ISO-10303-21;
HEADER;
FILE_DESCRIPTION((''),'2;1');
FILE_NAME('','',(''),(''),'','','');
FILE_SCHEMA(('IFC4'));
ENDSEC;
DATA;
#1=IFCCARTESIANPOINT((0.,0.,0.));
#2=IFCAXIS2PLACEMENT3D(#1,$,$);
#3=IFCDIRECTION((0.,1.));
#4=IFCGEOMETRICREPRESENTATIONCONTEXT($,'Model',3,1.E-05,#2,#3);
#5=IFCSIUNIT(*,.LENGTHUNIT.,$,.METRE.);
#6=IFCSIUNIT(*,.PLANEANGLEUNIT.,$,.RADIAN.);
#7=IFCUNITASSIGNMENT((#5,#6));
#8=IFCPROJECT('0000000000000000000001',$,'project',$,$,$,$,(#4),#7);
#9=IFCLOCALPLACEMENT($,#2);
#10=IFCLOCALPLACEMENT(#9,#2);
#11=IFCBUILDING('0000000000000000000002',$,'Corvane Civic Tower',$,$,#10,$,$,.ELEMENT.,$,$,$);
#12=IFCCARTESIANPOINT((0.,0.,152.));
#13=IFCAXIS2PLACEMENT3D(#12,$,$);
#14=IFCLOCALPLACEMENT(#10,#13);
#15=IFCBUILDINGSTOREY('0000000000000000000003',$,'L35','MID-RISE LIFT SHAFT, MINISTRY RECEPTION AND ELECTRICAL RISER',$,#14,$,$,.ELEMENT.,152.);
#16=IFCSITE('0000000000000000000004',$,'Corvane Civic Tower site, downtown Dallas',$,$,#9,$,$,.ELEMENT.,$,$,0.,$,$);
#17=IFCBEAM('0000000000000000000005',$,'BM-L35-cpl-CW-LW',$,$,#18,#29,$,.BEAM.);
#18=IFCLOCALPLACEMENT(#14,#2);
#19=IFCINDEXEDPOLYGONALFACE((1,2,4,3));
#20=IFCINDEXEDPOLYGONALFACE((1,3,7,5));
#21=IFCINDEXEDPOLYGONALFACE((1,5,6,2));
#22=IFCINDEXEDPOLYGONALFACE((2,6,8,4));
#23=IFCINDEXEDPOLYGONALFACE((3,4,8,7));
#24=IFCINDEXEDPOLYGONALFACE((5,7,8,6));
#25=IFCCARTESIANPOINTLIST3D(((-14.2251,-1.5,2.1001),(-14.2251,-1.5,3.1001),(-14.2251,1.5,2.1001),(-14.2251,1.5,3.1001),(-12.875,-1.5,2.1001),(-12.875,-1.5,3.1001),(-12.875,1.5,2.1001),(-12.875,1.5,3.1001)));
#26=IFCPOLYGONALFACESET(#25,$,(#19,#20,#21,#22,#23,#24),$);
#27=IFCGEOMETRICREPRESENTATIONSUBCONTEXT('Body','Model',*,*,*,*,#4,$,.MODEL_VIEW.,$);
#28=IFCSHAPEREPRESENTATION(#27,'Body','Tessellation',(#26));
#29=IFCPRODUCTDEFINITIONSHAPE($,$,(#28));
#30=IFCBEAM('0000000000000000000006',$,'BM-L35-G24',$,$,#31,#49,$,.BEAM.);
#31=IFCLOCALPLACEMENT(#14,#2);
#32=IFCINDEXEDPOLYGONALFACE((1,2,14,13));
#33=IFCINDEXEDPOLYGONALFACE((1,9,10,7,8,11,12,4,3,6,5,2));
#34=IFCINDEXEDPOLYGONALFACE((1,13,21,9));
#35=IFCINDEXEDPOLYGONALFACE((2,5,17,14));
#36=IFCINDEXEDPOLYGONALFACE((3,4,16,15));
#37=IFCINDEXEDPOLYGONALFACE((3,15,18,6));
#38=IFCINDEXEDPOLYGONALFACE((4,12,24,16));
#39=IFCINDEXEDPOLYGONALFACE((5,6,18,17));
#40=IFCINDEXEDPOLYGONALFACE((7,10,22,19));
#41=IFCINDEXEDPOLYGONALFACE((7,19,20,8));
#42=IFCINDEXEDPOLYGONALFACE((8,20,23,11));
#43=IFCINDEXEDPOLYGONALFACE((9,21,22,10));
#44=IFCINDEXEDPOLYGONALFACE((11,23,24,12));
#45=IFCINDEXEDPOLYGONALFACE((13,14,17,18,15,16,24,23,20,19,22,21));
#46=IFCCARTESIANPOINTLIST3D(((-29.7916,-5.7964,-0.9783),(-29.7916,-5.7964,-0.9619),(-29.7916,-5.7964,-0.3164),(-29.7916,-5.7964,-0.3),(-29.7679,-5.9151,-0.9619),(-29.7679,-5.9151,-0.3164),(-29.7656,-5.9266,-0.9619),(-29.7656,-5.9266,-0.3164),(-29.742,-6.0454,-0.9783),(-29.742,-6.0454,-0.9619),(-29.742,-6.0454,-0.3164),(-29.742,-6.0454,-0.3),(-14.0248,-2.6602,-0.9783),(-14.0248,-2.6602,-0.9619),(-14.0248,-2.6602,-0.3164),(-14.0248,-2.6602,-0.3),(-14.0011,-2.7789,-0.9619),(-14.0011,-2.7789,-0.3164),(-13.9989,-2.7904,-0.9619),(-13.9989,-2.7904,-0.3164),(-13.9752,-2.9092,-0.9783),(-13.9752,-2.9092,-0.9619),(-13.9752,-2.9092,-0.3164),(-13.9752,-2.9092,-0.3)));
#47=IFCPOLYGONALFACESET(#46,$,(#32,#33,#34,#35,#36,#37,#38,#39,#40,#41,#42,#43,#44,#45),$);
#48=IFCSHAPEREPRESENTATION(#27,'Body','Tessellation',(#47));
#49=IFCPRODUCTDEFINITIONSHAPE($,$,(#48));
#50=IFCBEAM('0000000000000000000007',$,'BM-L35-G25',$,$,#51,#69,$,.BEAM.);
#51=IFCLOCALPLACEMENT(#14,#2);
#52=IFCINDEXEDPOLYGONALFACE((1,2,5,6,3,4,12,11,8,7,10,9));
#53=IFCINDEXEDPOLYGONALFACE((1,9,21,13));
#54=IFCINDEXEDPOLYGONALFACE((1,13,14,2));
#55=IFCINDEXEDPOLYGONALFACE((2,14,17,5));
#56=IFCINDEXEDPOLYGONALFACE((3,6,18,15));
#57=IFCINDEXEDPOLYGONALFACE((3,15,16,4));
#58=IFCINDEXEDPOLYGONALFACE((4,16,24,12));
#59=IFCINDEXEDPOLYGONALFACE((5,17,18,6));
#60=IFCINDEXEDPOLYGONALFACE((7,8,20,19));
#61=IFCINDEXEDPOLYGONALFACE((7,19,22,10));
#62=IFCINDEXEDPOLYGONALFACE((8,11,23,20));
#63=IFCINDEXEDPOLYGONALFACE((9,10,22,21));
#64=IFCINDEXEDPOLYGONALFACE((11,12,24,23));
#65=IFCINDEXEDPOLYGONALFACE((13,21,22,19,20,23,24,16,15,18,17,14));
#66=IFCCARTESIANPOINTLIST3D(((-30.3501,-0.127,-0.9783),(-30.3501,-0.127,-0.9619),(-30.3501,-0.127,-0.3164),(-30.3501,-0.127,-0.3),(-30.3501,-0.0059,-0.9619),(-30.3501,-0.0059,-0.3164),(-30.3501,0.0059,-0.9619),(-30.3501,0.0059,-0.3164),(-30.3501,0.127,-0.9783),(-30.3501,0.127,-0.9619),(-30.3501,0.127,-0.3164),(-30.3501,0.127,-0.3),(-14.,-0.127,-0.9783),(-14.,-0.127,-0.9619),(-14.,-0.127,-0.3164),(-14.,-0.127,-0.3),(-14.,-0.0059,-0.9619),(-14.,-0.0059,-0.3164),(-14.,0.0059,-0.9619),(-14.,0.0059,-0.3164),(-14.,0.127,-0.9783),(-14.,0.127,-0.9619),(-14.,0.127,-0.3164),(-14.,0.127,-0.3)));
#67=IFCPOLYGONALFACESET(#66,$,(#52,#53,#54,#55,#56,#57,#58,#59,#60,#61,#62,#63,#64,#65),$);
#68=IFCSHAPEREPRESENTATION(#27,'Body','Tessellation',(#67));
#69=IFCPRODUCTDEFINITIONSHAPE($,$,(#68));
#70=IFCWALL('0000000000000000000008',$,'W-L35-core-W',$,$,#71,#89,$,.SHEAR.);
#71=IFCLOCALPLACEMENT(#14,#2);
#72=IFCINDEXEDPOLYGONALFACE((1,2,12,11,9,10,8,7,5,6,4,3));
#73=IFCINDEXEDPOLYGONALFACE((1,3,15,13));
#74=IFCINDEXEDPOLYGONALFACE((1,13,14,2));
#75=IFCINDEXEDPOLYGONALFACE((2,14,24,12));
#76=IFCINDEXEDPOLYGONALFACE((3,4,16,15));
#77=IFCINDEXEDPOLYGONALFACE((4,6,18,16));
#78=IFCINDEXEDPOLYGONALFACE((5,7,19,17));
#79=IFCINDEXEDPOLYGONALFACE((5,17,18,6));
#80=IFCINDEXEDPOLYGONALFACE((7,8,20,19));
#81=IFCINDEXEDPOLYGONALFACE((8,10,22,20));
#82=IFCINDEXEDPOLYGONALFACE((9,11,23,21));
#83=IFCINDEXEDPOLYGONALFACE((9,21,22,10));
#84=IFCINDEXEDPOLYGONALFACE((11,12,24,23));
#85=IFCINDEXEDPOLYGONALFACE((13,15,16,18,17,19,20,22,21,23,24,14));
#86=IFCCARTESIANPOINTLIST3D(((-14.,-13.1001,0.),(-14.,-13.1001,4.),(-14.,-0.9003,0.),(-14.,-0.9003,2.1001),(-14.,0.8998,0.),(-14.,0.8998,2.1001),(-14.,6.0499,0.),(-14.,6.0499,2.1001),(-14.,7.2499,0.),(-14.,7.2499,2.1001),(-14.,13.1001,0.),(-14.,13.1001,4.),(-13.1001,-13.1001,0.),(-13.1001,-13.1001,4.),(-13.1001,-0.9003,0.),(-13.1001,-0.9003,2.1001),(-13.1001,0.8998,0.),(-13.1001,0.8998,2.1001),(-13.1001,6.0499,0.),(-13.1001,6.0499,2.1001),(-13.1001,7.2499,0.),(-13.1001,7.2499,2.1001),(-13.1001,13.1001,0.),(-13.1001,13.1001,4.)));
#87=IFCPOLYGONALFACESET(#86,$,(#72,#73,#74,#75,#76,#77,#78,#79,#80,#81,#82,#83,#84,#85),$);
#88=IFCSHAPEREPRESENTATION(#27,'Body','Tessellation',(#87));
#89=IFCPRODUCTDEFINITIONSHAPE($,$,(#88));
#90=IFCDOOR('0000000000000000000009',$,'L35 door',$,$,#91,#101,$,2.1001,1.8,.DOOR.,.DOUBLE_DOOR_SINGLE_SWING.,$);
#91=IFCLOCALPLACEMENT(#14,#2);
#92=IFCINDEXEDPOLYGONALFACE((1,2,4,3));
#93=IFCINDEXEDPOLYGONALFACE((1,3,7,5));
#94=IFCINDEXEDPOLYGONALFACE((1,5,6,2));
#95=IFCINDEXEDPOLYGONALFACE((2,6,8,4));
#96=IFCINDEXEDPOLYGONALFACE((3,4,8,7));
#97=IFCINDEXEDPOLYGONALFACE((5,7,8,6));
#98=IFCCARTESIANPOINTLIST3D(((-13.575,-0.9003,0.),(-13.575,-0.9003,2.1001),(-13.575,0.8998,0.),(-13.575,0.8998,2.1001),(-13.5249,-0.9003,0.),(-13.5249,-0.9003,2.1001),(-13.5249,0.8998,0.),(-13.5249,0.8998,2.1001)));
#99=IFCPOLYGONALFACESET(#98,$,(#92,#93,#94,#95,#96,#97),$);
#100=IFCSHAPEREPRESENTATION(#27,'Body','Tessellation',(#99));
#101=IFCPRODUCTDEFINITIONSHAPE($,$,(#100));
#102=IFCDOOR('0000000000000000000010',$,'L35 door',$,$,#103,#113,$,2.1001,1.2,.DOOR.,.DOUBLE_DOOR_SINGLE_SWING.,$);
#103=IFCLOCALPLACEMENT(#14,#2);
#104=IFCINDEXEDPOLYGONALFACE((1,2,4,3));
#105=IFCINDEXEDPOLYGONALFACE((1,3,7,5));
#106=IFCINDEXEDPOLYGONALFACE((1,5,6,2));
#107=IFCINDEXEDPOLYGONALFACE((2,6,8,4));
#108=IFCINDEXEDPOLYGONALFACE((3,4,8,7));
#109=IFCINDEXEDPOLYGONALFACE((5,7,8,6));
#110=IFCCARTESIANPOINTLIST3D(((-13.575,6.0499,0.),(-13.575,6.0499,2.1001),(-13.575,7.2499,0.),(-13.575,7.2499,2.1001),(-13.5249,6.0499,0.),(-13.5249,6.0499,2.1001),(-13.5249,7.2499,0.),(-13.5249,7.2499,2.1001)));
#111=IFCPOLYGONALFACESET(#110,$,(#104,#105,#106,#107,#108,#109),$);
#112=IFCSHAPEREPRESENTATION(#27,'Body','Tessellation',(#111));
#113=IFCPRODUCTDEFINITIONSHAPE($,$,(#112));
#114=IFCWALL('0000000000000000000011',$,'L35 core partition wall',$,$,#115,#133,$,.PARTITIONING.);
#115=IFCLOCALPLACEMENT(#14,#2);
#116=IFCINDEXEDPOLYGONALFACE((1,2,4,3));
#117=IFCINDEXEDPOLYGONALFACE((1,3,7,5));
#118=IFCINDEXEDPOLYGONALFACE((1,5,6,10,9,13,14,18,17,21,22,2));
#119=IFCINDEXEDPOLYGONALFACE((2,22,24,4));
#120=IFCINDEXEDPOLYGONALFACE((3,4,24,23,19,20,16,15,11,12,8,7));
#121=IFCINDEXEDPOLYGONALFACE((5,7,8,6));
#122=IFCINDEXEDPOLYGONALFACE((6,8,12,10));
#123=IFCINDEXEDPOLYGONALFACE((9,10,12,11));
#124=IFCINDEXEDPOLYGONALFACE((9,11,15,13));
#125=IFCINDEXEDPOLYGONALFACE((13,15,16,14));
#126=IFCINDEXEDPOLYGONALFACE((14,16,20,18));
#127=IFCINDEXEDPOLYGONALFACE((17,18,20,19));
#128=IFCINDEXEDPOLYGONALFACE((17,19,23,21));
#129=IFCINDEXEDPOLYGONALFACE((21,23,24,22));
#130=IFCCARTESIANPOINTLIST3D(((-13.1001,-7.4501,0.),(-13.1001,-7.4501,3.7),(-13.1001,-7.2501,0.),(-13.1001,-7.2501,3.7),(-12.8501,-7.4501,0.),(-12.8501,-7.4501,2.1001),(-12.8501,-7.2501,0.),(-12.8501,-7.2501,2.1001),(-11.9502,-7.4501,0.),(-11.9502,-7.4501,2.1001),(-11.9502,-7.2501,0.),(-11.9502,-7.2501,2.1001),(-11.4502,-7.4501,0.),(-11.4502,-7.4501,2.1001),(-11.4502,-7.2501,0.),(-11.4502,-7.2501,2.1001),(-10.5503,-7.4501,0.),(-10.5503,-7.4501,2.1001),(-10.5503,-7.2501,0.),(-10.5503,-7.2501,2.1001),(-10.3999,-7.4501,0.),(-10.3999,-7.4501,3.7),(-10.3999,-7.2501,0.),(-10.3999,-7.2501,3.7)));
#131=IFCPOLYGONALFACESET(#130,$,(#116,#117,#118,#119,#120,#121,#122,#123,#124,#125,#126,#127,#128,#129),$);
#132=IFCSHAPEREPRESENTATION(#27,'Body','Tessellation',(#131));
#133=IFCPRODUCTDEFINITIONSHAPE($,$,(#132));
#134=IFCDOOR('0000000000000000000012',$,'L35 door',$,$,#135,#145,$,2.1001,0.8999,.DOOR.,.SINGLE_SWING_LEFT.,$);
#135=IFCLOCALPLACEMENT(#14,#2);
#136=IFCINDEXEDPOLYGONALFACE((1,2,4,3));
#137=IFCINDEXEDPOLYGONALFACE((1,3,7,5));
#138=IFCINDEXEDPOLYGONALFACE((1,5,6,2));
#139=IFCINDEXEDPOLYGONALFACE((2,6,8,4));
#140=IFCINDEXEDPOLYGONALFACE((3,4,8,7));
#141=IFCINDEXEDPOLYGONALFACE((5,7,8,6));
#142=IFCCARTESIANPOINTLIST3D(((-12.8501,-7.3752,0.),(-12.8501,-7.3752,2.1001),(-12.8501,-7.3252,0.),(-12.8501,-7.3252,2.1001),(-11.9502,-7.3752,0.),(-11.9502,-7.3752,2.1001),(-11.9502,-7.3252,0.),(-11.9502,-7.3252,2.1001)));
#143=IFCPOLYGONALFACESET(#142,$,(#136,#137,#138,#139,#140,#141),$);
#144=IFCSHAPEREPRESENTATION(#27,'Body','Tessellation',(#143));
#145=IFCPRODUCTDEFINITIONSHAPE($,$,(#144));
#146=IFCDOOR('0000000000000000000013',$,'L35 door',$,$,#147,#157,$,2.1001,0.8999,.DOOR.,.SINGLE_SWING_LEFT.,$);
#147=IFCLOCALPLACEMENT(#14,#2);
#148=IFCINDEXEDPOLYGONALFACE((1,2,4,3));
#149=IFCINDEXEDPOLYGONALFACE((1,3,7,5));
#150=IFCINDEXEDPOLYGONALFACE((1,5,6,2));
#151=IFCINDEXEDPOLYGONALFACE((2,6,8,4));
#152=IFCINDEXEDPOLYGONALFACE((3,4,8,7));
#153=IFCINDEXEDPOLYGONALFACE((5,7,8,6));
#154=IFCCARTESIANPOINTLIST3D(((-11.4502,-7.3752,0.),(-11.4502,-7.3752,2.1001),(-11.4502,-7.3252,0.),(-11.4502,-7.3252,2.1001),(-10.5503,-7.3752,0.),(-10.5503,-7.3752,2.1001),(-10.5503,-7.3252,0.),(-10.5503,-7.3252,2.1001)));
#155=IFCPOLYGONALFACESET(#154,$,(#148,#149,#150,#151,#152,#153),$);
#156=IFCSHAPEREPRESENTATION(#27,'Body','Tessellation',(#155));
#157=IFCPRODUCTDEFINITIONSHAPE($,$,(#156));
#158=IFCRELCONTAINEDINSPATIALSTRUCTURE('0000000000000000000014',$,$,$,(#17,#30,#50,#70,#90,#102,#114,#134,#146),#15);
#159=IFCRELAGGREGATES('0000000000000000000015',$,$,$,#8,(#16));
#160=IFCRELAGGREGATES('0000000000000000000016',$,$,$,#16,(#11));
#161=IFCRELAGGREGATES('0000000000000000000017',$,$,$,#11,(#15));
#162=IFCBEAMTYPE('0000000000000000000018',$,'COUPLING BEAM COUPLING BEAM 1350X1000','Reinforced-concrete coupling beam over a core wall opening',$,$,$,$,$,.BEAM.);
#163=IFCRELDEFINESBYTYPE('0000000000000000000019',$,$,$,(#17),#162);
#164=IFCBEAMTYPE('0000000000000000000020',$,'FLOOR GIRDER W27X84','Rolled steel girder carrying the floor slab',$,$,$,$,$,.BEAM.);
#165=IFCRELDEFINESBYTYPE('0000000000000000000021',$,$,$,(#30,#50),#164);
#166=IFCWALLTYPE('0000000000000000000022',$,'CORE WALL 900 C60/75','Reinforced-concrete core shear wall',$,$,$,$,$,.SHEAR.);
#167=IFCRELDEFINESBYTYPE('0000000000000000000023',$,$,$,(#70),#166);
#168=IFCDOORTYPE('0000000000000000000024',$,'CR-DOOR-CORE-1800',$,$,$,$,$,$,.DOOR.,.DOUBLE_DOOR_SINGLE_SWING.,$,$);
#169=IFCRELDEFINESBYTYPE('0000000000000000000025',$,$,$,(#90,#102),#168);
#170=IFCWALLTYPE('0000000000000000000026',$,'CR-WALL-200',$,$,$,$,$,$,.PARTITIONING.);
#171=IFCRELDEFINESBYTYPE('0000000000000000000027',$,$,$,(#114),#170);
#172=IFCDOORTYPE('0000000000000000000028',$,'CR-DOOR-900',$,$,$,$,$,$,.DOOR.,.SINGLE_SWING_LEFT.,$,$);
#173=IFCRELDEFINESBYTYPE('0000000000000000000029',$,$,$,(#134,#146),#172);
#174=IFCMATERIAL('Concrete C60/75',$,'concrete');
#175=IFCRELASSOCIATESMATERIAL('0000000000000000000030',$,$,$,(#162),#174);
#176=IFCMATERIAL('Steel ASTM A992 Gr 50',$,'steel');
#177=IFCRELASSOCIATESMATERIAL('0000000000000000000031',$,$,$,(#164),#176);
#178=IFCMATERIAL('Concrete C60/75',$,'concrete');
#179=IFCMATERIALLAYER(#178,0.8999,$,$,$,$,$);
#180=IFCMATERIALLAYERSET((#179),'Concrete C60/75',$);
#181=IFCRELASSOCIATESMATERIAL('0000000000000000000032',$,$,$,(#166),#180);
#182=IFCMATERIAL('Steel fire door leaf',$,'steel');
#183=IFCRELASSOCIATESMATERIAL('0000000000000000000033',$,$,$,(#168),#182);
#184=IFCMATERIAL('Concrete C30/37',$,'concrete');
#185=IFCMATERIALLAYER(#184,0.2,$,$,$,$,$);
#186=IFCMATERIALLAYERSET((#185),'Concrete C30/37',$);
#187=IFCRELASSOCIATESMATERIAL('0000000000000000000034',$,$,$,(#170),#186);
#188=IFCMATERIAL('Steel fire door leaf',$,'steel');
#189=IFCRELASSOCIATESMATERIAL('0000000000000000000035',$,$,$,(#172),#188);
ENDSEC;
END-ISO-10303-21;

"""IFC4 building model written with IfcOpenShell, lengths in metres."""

from ifc_helpers import new_model, si_unit, direction, frame, frame_2d, origin, origin_2d, place, context, subcontext, project, spatial, rectangle, i_section, extrude, material, layer, layer_set, material_profile, profile_set, type_object, element, fill, save


model = new_model("IFC4")

# Units and contexts
model_context = context("Model", 3, precision=1e-05, world=origin(), true_north=direction((0.0, 1.0)))
body_context = subcontext(model_context, "Body", "Model", "MODEL_VIEW")
ifc_project = project(units=[si_unit("LENGTHUNIT", "METRE"), si_unit("PLANEANGLEUNIT", "RADIAN")], contexts=[model_context])

# Site, building, storey
site_placement = place(None, origin())
site = spatial("IfcSite", under=ifc_project, at=site_placement, Name="Corvane Civic Tower site, downtown Dallas", CompositionType="ELEMENT", RefElevation=0.0)
building_placement = place(site_placement, origin())
building = spatial("IfcBuilding", under=site, at=building_placement, Name="Corvane Civic Tower", CompositionType="ELEMENT")
storey_placement = place(building_placement, frame((0.0, 0.0, 152.0)))
storey = spatial("IfcBuildingStorey", under=building, at=storey_placement, Name="L35", Description="MID-RISE LIFT SHAFT, MINISTRY RECEPTION AND ELECTRICAL RISER", CompositionType="ELEMENT", Elevation=152.0)

# Beams
ifc_material_1 = material(Name="Concrete C60/75", Category="concrete")
ifc_material_profile_1 = material_profile(ifc_material_1, rectangle(XDim=1.3501, YDim=1.0, at=origin_2d()), Name="COUPLING BEAM 1350X1000")
ifc_profile_set_1 = profile_set([ifc_material_profile_1], Name="Concrete C60/75")
beam_type_1 = type_object("IfcBeamType", Name="COUPLING BEAM COUPLING BEAM 1350X1000", Description="Reinforced-concrete coupling beam over a core wall opening", PredefinedType="BEAM", material=ifc_profile_set_1)
beam_1_placement = place(storey_placement, frame((-13.55, -1.5, 2.6001), z_axis=(0.0, 1.0, 0.0), x_axis=(-1.0, 0.0, 0.0)))
element("IfcBeam", 1, at=beam_1_placement, inside=storey, type_object=beam_type_1, Name="BM-L35-cpl-CW-LW", PredefinedType="BEAM", context=body_context, shape_type="SweptSolid", body=[
    extrude(rectangle(XDim=1.3501, YDim=1.0, at=origin_2d()), origin(), (0.0, 0.0, 1.0), 3.0),
])
ifc_material_2 = material(Name="Steel ASTM A992 Gr 50", Category="steel")
ifc_material_profile_2 = material_profile(ifc_material_2, i_section(OverallWidth=0.2539, OverallDepth=0.6782, WebThickness=0.0117, FlangeThickness=0.0164, at=origin_2d()), Name="W27X84")
ifc_profile_set_2 = profile_set([ifc_material_profile_2], Name="Steel ASTM A992 Gr 50")
beam_type_2 = type_object("IfcBeamType", Name="FLOOR GIRDER W27X84", Description="Rolled steel girder carrying the floor slab", PredefinedType="BEAM", material=ifc_profile_set_2)
beam_2_placement = place(storey_placement, frame((-14.0, -2.7847, -0.6392), z_axis=(-0.980785, -0.195091, 0.0), x_axis=(0.195091, -0.980785, 0.0)))
element("IfcBeam", 2, at=beam_2_placement, inside=storey, type_object=beam_type_2, Name="BM-L35-G24", PredefinedType="BEAM", context=body_context, shape_type="SweptSolid", body=[
    extrude(i_section(OverallWidth=0.2539, OverallDepth=0.6782, WebThickness=0.0117, FlangeThickness=0.0164, at=origin_2d()), origin(), (0.0, 0.0, 1.0), 16.0757),
])
beam_3_placement = place(storey_placement, frame((-14.0, 0.0, -0.6392), z_axis=(-1.0, 0.0, 0.0), x_axis=(0.0, -1.0, 0.0)))
element("IfcBeam", 3, at=beam_3_placement, inside=storey, type_object=beam_type_2, Name="BM-L35-G25", PredefinedType="BEAM", context=body_context, shape_type="SweptSolid", body=[
    extrude(i_section(OverallWidth=0.2539, OverallDepth=0.6782, WebThickness=0.0117, FlangeThickness=0.0164, at=origin_2d()), origin(), (0.0, 0.0, 1.0), 16.3501),
])

# Walls, openings, doors
ifc_material_3 = material(Name="Concrete C60/75", Category="concrete")
ifc_layer_1 = layer(ifc_material_3, 0.8999)
ifc_layer_set_1 = layer_set([ifc_layer_1], Name="Concrete C60/75")
wall_type_1 = type_object("IfcWallType", Name="CORE WALL 900 C60/75", Description="Reinforced-concrete core shear wall", PredefinedType="SHEAR", material=ifc_layer_set_1)
wall_1_placement = place(storey_placement, frame((-13.55, -13.1001, 0.0), z_axis=(0.0, 0.0, 1.0), x_axis=(0.0, 1.0, 0.0)))
wall_1 = element("IfcWall", 4, at=wall_1_placement, inside=storey, type_object=wall_type_1, Name="W-L35-core-W", PredefinedType="SHEAR", context=body_context, shape_type="SweptSolid", body=[
    extrude(rectangle(XDim=26.2002, YDim=0.8999, at=frame_2d((13.1001, 0.0))), origin(), (0.0, 0.0, 1.0), 4.0),
])
opening_1_placement = place(wall_1_placement, frame((12.2, 0.0, 0.0)))
opening_1 = element("IfcOpeningElement", 5, at=opening_1_placement, cuts=wall_1, PredefinedType="OPENING", context=body_context, shape_type="SweptSolid", body=[
    extrude(rectangle(XDim=1.8, YDim=2.1001, at=frame_2d((0.8999, 1.05))), frame((0.0, 0.46, 0.0), z_axis=(0.0, -1.0, 0.0), x_axis=(1.0, 0.0, 0.0)), (0.0, 0.0, 1.0), 0.9199),
])
opening_2_placement = place(wall_1_placement, frame((19.1499, 0.0, 0.0)))
opening_2 = element("IfcOpeningElement", 6, at=opening_2_placement, cuts=wall_1, PredefinedType="OPENING", context=body_context, shape_type="SweptSolid", body=[
    extrude(rectangle(XDim=1.2, YDim=2.1001, at=frame_2d((0.6001, 1.05))), frame((0.0, 0.46, 0.0), z_axis=(0.0, -1.0, 0.0), x_axis=(1.0, 0.0, 0.0)), (0.0, 0.0, 1.0), 0.9199),
])
ifc_material_4 = material(Name="Steel fire door leaf", Category="steel")
door_type_1 = type_object("IfcDoorType", Name="CR-DOOR-CORE-1800", OperationType="DOUBLE_DOOR_SINGLE_SWING", PredefinedType="DOOR", material=ifc_material_4)
door_1_placement = place(opening_1_placement, origin())
door_1 = element("IfcDoor", 7, at=door_1_placement, inside=storey, type_object=door_type_1, Name="L35 door", OperationType="DOUBLE_DOOR_SINGLE_SWING", OverallHeight=2.1001, OverallWidth=1.8, PredefinedType="DOOR", context=body_context, shape_type="SweptSolid", body=[
    extrude(rectangle(XDim=1.8, YDim=2.1001, at=frame_2d((0.8999, 1.05))), frame((0.0, 0.0249, 0.0), z_axis=(0.0, -1.0, 0.0), x_axis=(1.0, 0.0, 0.0)), (0.0, 0.0, 1.0), 0.05),
])
fill(opening_1, door_1)
door_2_placement = place(opening_2_placement, origin())
door_2 = element("IfcDoor", 8, at=door_2_placement, inside=storey, type_object=door_type_1, Name="L35 door", OperationType="DOUBLE_DOOR_SINGLE_SWING", OverallHeight=2.1001, OverallWidth=1.2, PredefinedType="DOOR", context=body_context, shape_type="SweptSolid", body=[
    extrude(rectangle(XDim=1.2, YDim=2.1001, at=frame_2d((0.6001, 1.05))), frame((0.0, 0.0249, 0.0), z_axis=(0.0, -1.0, 0.0), x_axis=(1.0, 0.0, 0.0)), (0.0, 0.0, 1.0), 0.05),
])
fill(opening_2, door_2)
ifc_material_5 = material(Name="Concrete C30/37", Category="concrete")
ifc_layer_2 = layer(ifc_material_5, 0.2)
ifc_layer_set_2 = layer_set([ifc_layer_2], Name="Concrete C30/37")
wall_type_2 = type_object("IfcWallType", Name="CR-WALL-200", PredefinedType="PARTITIONING", material=ifc_layer_set_2)
wall_2_placement = place(storey_placement, frame((-13.1001, -7.3501, 0.0), z_axis=(0.0, 0.0, 1.0), x_axis=(1.0, 0.0, 0.0)))
wall_2 = element("IfcWall", 9, at=wall_2_placement, inside=storey, type_object=wall_type_2, Name="L35 core partition wall", PredefinedType="PARTITIONING", context=body_context, shape_type="SweptSolid", body=[
    extrude(rectangle(XDim=2.7002, YDim=0.2, at=frame_2d((1.3501, 0.0))), origin(), (0.0, 0.0, 1.0), 3.7),
])
opening_3_placement = place(wall_2_placement, frame((0.25, 0.0, 0.0)))
opening_3 = element("IfcOpeningElement", 10, at=opening_3_placement, cuts=wall_2, PredefinedType="OPENING", context=body_context, shape_type="SweptSolid", body=[
    extrude(rectangle(XDim=0.8999, YDim=2.1001, at=frame_2d((0.45, 1.05))), frame((0.0, 0.1099, 0.0), z_axis=(0.0, -1.0, 0.0), x_axis=(1.0, 0.0, 0.0)), (0.0, 0.0, 1.0), 0.22),
])
opening_4_placement = place(wall_2_placement, frame((1.6499, 0.0, 0.0)))
opening_4 = element("IfcOpeningElement", 11, at=opening_4_placement, cuts=wall_2, PredefinedType="OPENING", context=body_context, shape_type="SweptSolid", body=[
    extrude(rectangle(XDim=0.8999, YDim=2.1001, at=frame_2d((0.45, 1.05))), frame((0.0, 0.1099, 0.0), z_axis=(0.0, -1.0, 0.0), x_axis=(1.0, 0.0, 0.0)), (0.0, 0.0, 1.0), 0.22),
])
ifc_material_6 = material(Name="Steel fire door leaf", Category="steel")
door_type_2 = type_object("IfcDoorType", Name="CR-DOOR-900", OperationType="SINGLE_SWING_LEFT", PredefinedType="DOOR", material=ifc_material_6)
door_3_placement = place(opening_3_placement, origin())
door_3 = element("IfcDoor", 12, at=door_3_placement, inside=storey, type_object=door_type_2, Name="L35 door", OperationType="SINGLE_SWING_LEFT", OverallHeight=2.1001, OverallWidth=0.8999, PredefinedType="DOOR", context=body_context, shape_type="SweptSolid", body=[
    extrude(rectangle(XDim=0.8999, YDim=2.1001, at=frame_2d((0.45, 1.05))), frame((0.0, 0.0249, 0.0), z_axis=(0.0, -1.0, 0.0), x_axis=(1.0, 0.0, 0.0)), (0.0, 0.0, 1.0), 0.05),
])
fill(opening_3, door_3)
door_4_placement = place(opening_4_placement, origin())
door_4 = element("IfcDoor", 13, at=door_4_placement, inside=storey, type_object=door_type_2, Name="L35 door", OperationType="SINGLE_SWING_LEFT", OverallHeight=2.1001, OverallWidth=0.8999, PredefinedType="DOOR", context=body_context, shape_type="SweptSolid", body=[
    extrude(rectangle(XDim=0.8999, YDim=2.1001, at=frame_2d((0.45, 1.05))), frame((0.0, 0.0249, 0.0), z_axis=(0.0, -1.0, 0.0), x_axis=(1.0, 0.0, 0.0)), (0.0, 0.0, 1.0), 0.05),
])
fill(opening_4, door_4)

save(model, "model.ifc")
